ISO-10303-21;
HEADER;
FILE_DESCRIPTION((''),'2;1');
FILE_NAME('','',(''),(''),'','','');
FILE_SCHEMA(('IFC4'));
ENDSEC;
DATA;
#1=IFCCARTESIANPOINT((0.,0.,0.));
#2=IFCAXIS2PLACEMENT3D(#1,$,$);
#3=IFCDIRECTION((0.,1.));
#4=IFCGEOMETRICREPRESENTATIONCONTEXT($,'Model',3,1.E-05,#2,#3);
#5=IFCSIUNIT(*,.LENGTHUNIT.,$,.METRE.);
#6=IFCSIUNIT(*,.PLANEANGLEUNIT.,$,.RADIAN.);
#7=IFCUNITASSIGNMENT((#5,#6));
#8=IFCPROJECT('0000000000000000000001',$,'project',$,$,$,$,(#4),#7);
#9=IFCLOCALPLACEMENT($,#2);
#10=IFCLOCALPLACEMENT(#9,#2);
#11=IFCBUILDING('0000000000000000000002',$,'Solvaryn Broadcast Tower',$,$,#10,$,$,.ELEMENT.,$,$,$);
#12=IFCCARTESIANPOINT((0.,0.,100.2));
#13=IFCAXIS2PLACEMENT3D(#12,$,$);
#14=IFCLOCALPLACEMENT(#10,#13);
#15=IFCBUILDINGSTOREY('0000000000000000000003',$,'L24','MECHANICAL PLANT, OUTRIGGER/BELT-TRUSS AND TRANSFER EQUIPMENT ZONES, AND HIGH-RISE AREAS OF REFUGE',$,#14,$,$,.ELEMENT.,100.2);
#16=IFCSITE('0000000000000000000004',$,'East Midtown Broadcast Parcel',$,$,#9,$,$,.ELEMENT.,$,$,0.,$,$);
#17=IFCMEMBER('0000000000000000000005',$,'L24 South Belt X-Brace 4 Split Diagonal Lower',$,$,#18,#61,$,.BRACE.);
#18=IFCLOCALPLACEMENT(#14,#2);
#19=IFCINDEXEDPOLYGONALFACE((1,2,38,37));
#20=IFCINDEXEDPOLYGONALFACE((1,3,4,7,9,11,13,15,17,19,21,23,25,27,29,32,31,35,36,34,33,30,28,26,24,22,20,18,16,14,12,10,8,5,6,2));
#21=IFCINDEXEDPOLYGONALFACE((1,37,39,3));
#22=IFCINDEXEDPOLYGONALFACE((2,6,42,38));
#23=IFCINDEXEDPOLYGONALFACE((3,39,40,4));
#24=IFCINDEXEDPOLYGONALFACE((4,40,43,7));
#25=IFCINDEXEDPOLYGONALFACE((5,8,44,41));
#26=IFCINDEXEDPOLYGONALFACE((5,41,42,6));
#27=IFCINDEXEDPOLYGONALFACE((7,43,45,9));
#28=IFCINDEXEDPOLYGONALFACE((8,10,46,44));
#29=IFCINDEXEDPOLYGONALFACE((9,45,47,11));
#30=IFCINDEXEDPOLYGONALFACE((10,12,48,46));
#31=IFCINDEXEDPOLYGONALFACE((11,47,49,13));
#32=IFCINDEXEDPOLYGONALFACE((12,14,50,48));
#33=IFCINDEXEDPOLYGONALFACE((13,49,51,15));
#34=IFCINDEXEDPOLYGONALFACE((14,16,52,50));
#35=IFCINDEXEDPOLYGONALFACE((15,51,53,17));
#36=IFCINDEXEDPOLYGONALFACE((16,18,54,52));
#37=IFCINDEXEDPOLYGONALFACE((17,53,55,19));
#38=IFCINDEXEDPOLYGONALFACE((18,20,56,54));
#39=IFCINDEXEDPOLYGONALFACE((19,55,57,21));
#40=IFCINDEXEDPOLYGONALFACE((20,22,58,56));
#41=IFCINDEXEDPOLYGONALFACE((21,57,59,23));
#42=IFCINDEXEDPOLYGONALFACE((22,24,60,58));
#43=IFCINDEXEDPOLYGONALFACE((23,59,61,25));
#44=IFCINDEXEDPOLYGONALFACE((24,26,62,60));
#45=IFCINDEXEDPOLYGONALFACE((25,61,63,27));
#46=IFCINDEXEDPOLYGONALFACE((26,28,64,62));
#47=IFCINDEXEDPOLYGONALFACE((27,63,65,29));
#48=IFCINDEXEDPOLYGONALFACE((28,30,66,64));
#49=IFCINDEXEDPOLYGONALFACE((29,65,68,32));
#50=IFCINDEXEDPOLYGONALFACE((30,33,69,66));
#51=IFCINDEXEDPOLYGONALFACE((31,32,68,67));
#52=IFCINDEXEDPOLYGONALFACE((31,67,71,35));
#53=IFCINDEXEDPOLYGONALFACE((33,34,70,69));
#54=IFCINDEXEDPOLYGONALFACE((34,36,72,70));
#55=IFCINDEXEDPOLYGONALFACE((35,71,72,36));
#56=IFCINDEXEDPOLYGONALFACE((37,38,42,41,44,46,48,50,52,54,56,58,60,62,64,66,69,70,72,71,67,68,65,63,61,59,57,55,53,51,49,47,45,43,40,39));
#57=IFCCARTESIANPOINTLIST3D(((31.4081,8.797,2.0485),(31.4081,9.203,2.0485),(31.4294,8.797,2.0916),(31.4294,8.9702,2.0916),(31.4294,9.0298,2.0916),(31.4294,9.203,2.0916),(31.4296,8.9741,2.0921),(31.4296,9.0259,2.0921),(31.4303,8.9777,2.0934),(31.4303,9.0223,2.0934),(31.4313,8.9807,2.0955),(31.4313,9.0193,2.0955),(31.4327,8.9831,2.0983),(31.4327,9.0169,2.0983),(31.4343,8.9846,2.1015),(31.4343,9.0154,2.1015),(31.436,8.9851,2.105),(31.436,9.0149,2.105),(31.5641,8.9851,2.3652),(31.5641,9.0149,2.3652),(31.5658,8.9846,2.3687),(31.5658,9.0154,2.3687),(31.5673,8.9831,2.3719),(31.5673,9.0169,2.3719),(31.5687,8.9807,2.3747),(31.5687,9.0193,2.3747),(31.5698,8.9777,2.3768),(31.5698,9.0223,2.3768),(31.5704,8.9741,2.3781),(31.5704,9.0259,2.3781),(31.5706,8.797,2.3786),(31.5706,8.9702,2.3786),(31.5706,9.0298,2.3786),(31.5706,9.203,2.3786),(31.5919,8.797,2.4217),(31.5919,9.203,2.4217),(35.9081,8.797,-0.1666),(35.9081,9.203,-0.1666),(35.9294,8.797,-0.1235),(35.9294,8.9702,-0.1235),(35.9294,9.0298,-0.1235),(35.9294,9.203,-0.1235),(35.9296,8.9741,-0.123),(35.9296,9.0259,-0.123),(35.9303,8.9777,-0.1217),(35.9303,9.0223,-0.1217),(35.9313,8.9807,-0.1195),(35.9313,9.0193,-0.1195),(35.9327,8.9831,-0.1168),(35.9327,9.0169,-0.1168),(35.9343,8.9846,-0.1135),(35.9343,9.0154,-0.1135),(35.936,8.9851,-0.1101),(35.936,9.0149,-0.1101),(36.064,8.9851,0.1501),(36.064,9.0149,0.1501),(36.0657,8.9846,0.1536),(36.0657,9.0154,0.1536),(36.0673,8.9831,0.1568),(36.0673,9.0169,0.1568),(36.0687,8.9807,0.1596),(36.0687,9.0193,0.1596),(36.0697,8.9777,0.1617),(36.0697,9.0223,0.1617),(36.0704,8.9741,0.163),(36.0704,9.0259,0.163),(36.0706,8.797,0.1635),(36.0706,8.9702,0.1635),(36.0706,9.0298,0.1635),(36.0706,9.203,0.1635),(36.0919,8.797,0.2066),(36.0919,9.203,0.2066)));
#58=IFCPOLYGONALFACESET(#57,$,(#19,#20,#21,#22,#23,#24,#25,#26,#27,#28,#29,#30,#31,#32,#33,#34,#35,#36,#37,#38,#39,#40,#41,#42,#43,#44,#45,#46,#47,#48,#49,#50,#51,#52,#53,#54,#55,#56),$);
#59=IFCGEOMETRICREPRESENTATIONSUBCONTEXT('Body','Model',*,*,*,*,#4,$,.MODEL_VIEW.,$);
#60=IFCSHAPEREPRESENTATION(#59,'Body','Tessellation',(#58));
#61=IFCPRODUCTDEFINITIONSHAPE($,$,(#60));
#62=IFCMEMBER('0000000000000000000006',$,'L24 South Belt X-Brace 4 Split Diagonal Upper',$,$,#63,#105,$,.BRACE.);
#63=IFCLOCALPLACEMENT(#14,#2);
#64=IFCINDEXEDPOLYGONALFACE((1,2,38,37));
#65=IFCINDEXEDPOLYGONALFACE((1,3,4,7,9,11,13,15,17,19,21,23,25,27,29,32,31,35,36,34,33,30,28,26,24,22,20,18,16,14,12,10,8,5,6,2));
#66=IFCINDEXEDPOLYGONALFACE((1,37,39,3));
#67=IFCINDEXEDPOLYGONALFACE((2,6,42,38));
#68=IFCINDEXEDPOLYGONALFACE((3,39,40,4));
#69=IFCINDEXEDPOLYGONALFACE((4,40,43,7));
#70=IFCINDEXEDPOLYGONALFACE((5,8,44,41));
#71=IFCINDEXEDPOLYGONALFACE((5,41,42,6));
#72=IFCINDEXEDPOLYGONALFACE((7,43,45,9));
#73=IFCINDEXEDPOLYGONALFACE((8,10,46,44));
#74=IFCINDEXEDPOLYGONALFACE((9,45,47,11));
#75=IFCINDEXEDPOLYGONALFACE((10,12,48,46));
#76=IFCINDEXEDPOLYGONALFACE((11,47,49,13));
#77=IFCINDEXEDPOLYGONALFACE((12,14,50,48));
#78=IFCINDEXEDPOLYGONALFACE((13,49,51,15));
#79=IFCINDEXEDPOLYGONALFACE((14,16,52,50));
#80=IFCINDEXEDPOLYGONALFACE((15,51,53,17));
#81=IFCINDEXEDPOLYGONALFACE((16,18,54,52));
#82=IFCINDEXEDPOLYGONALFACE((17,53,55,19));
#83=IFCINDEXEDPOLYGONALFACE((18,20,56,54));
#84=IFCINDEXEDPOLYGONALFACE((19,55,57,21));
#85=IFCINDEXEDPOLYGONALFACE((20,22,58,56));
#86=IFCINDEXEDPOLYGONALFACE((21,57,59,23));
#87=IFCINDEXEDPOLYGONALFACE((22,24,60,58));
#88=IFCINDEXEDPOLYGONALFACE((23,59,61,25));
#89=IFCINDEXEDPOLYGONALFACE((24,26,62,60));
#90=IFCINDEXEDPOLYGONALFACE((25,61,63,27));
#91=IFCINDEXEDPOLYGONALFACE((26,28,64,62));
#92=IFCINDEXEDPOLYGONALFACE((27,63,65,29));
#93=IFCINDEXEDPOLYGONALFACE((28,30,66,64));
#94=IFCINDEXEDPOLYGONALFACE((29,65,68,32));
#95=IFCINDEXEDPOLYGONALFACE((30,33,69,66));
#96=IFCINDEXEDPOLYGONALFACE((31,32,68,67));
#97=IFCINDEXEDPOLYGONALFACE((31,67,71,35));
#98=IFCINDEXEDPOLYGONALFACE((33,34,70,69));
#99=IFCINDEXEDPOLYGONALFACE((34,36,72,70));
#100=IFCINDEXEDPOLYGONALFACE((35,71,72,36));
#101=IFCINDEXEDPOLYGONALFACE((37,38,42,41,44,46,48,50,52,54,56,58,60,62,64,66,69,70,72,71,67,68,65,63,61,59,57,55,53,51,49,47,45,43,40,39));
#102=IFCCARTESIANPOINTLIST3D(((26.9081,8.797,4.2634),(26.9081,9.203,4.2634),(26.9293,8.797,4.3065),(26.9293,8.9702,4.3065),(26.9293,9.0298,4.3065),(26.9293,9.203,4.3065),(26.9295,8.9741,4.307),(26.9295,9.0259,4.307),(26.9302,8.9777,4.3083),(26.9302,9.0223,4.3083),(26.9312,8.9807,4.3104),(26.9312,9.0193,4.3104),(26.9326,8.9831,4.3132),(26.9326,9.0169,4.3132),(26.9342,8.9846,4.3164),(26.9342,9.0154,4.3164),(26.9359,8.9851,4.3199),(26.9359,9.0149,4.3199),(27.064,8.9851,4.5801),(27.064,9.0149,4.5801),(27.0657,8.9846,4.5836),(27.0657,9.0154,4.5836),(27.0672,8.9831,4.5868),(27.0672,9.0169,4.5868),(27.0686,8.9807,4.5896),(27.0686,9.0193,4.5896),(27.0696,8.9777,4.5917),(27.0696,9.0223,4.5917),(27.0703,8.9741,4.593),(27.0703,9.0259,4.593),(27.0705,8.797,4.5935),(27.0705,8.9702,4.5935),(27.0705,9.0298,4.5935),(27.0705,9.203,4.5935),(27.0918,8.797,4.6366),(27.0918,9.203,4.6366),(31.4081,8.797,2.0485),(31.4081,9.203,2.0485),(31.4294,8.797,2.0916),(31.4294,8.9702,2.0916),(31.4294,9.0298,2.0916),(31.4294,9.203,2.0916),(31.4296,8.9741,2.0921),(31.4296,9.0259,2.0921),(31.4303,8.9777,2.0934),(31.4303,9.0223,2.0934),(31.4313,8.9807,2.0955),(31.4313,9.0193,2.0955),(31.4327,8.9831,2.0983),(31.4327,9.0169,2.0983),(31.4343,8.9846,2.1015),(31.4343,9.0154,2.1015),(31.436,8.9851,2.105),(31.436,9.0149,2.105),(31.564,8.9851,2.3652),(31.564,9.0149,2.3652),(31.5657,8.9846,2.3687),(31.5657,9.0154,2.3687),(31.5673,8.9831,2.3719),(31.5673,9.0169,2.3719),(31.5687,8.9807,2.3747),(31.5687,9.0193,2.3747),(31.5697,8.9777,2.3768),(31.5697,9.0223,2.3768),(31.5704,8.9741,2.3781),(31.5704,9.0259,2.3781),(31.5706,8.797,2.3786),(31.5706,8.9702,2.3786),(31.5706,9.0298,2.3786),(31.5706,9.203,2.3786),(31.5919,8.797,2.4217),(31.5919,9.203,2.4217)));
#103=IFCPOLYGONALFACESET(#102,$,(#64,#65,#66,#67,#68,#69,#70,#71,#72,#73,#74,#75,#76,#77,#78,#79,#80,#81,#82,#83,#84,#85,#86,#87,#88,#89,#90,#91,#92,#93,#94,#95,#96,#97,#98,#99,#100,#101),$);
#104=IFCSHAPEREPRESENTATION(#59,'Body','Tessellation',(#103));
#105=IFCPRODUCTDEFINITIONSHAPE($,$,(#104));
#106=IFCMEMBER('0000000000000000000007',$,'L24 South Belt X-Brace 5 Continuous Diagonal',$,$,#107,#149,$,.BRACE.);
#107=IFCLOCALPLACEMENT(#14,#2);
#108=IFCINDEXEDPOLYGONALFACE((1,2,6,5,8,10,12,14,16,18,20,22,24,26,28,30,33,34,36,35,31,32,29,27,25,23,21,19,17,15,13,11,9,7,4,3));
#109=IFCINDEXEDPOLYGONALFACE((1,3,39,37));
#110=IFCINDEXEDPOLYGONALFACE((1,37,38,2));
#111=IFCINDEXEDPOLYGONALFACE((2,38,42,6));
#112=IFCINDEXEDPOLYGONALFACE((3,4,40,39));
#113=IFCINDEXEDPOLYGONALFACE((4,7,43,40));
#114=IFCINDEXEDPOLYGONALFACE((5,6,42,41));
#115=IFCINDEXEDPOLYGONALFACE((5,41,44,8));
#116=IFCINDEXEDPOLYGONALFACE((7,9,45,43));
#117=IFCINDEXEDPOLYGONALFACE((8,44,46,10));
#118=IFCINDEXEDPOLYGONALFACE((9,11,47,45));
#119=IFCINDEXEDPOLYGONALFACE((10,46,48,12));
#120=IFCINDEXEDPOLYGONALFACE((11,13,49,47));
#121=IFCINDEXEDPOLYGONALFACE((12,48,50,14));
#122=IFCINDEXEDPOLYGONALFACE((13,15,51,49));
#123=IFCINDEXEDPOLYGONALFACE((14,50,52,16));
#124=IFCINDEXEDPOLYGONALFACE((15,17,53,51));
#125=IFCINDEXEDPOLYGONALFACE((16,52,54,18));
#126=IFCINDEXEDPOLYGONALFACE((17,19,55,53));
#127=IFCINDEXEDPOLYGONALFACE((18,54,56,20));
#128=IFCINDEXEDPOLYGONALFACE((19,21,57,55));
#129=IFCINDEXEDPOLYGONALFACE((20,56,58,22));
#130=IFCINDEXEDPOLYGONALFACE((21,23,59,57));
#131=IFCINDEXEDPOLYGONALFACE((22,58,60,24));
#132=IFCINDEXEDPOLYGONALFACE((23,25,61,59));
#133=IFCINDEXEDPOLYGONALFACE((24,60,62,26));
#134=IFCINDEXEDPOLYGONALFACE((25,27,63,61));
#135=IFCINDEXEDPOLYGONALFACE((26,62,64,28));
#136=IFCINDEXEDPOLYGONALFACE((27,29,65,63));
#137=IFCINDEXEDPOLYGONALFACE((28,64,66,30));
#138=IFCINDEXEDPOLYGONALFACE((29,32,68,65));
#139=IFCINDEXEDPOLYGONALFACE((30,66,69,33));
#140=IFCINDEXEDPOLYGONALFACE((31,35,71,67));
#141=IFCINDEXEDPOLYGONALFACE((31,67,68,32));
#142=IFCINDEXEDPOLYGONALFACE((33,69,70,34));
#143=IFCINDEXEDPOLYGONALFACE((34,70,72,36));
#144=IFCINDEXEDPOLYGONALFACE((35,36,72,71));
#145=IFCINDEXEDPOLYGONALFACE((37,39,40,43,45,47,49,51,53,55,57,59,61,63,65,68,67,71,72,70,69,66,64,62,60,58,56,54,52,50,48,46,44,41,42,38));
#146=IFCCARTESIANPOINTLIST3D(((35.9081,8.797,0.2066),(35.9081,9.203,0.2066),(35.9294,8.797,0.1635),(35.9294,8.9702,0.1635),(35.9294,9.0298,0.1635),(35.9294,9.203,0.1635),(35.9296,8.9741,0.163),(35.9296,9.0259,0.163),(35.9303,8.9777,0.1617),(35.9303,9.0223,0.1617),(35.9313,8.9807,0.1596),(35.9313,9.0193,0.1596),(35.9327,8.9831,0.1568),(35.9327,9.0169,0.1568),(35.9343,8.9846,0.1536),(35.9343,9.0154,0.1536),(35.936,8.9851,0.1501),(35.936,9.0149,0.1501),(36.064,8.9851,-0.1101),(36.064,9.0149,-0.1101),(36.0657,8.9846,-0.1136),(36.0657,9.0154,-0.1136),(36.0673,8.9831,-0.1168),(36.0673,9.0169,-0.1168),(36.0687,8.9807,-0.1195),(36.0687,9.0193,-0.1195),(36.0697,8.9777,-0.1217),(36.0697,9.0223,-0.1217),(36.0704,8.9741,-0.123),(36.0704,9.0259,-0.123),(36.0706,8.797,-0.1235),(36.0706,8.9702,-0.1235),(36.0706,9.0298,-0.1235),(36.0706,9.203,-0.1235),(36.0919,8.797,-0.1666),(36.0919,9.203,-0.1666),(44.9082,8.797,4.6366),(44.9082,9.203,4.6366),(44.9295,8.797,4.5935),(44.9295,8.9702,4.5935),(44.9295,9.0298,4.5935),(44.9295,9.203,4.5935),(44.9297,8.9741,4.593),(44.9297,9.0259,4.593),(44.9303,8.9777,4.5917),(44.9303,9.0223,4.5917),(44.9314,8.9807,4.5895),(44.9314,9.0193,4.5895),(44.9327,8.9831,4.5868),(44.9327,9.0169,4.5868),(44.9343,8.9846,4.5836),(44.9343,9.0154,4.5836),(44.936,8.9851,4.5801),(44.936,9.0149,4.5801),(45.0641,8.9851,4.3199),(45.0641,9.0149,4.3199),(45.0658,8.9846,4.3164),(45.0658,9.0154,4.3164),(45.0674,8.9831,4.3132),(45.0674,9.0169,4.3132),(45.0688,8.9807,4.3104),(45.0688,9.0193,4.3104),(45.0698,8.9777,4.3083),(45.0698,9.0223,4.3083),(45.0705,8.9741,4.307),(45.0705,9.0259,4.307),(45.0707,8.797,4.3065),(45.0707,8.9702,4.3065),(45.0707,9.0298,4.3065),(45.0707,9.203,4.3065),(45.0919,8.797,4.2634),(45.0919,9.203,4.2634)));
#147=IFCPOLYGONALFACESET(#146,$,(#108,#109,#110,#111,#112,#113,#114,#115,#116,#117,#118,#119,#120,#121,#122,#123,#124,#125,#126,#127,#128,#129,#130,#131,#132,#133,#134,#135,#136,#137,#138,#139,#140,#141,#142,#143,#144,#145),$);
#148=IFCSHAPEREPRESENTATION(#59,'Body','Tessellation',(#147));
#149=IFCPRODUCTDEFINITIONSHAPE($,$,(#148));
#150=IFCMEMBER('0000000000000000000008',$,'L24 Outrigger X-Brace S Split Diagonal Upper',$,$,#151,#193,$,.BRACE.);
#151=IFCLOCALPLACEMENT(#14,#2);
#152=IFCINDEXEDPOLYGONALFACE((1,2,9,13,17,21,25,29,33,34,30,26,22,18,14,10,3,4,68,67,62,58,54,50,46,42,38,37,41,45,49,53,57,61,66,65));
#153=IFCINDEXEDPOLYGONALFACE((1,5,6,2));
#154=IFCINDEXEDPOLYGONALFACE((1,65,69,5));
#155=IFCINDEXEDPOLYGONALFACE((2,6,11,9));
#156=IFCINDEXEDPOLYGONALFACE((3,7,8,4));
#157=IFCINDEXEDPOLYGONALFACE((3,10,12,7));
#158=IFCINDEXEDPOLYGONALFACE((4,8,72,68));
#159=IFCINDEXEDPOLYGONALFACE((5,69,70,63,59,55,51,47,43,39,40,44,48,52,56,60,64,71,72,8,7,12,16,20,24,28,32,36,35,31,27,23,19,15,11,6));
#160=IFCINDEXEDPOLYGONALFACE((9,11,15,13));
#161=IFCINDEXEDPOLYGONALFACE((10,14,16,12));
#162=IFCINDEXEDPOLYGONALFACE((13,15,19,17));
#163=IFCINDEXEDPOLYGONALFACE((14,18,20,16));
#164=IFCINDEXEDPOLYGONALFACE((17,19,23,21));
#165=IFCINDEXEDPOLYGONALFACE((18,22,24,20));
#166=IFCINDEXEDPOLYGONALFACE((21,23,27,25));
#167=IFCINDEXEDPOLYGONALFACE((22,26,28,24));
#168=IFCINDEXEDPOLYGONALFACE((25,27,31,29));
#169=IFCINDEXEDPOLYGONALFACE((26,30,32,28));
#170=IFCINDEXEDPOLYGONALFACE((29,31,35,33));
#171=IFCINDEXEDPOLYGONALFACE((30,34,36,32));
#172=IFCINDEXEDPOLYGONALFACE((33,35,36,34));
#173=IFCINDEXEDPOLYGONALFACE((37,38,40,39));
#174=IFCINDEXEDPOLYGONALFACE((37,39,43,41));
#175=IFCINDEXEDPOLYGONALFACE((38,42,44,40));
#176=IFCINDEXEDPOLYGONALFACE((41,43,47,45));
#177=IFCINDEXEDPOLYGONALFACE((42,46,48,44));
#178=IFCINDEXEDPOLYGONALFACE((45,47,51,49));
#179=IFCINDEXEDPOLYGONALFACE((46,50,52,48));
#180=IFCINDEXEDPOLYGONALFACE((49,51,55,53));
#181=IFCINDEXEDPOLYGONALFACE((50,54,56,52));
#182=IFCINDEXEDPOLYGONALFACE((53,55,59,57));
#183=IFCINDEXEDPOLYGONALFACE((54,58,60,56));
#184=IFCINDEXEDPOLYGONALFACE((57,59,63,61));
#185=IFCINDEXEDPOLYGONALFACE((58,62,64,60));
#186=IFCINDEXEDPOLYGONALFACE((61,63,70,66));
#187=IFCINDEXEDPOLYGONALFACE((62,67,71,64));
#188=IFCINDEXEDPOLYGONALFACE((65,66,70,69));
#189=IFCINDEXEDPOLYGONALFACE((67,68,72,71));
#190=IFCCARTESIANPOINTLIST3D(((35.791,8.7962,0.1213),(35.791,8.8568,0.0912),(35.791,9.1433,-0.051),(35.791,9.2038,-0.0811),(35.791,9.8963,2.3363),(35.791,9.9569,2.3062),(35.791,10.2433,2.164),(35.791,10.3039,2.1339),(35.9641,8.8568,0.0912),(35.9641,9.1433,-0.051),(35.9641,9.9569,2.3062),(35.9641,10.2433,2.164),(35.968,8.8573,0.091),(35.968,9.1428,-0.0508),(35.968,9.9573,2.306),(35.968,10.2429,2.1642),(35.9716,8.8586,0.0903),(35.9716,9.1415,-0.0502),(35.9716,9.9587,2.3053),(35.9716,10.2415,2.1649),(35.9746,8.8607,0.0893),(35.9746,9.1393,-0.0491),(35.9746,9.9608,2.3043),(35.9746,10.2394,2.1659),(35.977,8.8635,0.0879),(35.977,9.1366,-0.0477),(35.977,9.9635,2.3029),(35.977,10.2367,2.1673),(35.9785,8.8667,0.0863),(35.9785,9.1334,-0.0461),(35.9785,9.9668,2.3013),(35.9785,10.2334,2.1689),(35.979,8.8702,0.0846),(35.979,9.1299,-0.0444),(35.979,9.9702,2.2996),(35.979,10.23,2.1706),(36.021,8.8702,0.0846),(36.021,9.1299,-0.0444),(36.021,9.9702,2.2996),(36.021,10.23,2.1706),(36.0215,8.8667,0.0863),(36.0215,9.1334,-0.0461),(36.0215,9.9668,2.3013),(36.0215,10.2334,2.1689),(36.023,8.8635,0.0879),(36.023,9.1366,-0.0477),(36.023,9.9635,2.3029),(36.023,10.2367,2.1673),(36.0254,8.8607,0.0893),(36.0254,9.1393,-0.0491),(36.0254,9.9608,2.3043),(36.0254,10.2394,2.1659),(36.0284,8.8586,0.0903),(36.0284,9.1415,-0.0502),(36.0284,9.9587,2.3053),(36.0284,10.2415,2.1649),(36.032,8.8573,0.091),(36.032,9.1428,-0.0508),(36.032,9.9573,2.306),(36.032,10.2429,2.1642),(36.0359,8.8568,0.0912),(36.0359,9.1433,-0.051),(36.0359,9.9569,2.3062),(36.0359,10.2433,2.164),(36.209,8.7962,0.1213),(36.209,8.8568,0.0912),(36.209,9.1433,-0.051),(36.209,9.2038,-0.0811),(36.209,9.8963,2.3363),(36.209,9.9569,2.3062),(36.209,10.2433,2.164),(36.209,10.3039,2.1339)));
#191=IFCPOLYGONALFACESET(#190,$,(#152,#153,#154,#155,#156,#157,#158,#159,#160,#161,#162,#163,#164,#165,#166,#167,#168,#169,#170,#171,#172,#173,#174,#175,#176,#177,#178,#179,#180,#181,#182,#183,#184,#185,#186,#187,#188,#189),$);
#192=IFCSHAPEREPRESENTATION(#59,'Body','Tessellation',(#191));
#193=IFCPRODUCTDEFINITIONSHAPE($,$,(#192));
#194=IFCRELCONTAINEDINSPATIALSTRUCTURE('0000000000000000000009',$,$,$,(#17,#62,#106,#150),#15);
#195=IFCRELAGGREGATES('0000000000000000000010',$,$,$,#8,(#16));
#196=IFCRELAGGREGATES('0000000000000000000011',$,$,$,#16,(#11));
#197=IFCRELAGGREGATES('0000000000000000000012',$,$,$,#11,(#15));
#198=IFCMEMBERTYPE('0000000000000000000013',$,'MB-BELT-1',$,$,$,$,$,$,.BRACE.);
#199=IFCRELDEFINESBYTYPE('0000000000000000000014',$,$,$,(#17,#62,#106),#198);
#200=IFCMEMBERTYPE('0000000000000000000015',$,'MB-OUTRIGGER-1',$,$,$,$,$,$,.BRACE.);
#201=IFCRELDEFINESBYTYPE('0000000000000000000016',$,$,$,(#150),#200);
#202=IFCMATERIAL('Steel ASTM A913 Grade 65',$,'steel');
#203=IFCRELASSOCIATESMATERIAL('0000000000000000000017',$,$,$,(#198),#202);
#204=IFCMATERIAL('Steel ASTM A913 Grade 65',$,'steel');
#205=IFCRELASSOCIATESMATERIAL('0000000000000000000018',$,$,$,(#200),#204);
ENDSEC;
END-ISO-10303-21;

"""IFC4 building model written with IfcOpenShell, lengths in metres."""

from ifc_helpers import new_model, si_unit, direction, frame, origin, origin_2d, place, context, subcontext, project, spatial, i_section, extrude, material, material_profile, profile_set, type_object, element, save


model = new_model("IFC4")

# Units and contexts
model_context = context("Model", 3, precision=1e-05, world=origin(), true_north=direction((0.0, 1.0)))
body_context = subcontext(model_context, "Body", "Model", "MODEL_VIEW")
ifc_project = project(units=[si_unit("LENGTHUNIT", "METRE"), si_unit("PLANEANGLEUNIT", "RADIAN")], contexts=[model_context])

# Site, building, storey
site_placement = place(None, origin())
site = spatial("IfcSite", under=ifc_project, at=site_placement, Name="East Midtown Broadcast Parcel", CompositionType="ELEMENT", RefElevation=0.0)
building_placement = place(site_placement, origin())
building = spatial("IfcBuilding", under=site, at=building_placement, Name="Solvaryn Broadcast Tower", CompositionType="ELEMENT")
storey_placement = place(building_placement, frame((0.0, 0.0, 100.2)))
storey = spatial("IfcBuildingStorey", under=building, at=storey_placement, Name="L24", Description="MECHANICAL PLANT, OUTRIGGER/BELT-TRUSS AND TRANSFER EQUIPMENT ZONES, AND HIGH-RISE AREAS OF REFUGE", CompositionType="ELEMENT", Elevation=100.2)

# Members
ifc_material_1 = material(Name="Steel ASTM A913 Grade 65", Category="steel")
ifc_material_profile_1 = material_profile(ifc_material_1, i_section(OverallWidth=0.406, OverallDepth=0.416, WebThickness=0.0298, FlangeThickness=0.0481, FilletRadius=0.0149, at=origin_2d()))
ifc_profile_set_1 = profile_set([ifc_material_profile_1], Name="Steel ASTM A913 Grade 65")
member_type_1 = type_object("IfcMemberType", Name="MB-BELT-1", PredefinedType="BRACE", material=ifc_profile_set_1)
for number, where, z_axis, x_axis, name in (
    (1, (36.0, 9.0, 0.02), (-0.897194, 0.0, 0.441636), (0.0, -1.0, 0.0), "L24 South Belt X-Brace 4 Split Diagonal Lower"),
    (2, (31.5, 9.0, 2.2351), (-0.897213, 0.0, 0.441597), (0.0, -1.0, 0.0), "L24 South Belt X-Brace 4 Split Diagonal Upper"),
):
    element("IfcMember", number, at=place(storey_placement, frame(where, z_axis=z_axis, x_axis=x_axis)), inside=storey, type_object=member_type_1, Name=name, PredefinedType="BRACE", context=body_context, shape_type="SweptSolid", body=[
        extrude(i_section(OverallWidth=0.406, OverallDepth=0.416, WebThickness=0.0298, FlangeThickness=0.0481, FilletRadius=0.0149, at=origin_2d()), origin(), (0.0, 0.0, 1.0), 5.0156),
    ])
member_1_placement = place(storey_placement, frame((36.0, 9.0, 0.02), z_axis=(0.897204, 0.0, 0.441617), x_axis=(0.0, 1.0, 0.0)))
element("IfcMember", 3, at=member_1_placement, inside=storey, type_object=member_type_1, Name="L24 South Belt X-Brace 5 Continuous Diagonal", PredefinedType="BRACE", context=body_context, shape_type="SweptSolid", body=[
    extrude(i_section(OverallWidth=0.406, OverallDepth=0.416, WebThickness=0.0298, FlangeThickness=0.0481, FilletRadius=0.0149, at=origin_2d()), origin(), (0.0, 0.0, 1.0), 10.0312),
])
ifc_material_2 = material(Name="Steel ASTM A913 Grade 65", Category="steel")
ifc_material_profile_2 = material_profile(ifc_material_2, i_section(OverallWidth=0.418, OverallDepth=0.4551, WebThickness=0.042, FlangeThickness=0.0676, FilletRadius=0.0149, at=origin_2d()))
ifc_profile_set_2 = profile_set([ifc_material_profile_2], Name="Steel ASTM A913 Grade 65")
member_type_2 = type_object("IfcMemberType", Name="MB-OUTRIGGER-1", PredefinedType="BRACE", material=ifc_profile_set_2)
member_2_placement = place(storey_placement, frame((36.0, 10.1001, 2.2351), z_axis=(0.0, -0.444803, -0.895628), x_axis=(1.0, 0.0, 0.0)))
element("IfcMember", 4, at=member_2_placement, inside=storey, type_object=member_type_2, Name="L24 Outrigger X-Brace S Split Diagonal Upper", PredefinedType="BRACE", context=body_context, shape_type="SweptSolid", body=[
    extrude(i_section(OverallWidth=0.418, OverallDepth=0.4551, WebThickness=0.042, FlangeThickness=0.0676, FilletRadius=0.0149, at=origin_2d()), origin(), (0.0, 0.0, 1.0), 2.4731),
])

save(model, "model.ifc")
